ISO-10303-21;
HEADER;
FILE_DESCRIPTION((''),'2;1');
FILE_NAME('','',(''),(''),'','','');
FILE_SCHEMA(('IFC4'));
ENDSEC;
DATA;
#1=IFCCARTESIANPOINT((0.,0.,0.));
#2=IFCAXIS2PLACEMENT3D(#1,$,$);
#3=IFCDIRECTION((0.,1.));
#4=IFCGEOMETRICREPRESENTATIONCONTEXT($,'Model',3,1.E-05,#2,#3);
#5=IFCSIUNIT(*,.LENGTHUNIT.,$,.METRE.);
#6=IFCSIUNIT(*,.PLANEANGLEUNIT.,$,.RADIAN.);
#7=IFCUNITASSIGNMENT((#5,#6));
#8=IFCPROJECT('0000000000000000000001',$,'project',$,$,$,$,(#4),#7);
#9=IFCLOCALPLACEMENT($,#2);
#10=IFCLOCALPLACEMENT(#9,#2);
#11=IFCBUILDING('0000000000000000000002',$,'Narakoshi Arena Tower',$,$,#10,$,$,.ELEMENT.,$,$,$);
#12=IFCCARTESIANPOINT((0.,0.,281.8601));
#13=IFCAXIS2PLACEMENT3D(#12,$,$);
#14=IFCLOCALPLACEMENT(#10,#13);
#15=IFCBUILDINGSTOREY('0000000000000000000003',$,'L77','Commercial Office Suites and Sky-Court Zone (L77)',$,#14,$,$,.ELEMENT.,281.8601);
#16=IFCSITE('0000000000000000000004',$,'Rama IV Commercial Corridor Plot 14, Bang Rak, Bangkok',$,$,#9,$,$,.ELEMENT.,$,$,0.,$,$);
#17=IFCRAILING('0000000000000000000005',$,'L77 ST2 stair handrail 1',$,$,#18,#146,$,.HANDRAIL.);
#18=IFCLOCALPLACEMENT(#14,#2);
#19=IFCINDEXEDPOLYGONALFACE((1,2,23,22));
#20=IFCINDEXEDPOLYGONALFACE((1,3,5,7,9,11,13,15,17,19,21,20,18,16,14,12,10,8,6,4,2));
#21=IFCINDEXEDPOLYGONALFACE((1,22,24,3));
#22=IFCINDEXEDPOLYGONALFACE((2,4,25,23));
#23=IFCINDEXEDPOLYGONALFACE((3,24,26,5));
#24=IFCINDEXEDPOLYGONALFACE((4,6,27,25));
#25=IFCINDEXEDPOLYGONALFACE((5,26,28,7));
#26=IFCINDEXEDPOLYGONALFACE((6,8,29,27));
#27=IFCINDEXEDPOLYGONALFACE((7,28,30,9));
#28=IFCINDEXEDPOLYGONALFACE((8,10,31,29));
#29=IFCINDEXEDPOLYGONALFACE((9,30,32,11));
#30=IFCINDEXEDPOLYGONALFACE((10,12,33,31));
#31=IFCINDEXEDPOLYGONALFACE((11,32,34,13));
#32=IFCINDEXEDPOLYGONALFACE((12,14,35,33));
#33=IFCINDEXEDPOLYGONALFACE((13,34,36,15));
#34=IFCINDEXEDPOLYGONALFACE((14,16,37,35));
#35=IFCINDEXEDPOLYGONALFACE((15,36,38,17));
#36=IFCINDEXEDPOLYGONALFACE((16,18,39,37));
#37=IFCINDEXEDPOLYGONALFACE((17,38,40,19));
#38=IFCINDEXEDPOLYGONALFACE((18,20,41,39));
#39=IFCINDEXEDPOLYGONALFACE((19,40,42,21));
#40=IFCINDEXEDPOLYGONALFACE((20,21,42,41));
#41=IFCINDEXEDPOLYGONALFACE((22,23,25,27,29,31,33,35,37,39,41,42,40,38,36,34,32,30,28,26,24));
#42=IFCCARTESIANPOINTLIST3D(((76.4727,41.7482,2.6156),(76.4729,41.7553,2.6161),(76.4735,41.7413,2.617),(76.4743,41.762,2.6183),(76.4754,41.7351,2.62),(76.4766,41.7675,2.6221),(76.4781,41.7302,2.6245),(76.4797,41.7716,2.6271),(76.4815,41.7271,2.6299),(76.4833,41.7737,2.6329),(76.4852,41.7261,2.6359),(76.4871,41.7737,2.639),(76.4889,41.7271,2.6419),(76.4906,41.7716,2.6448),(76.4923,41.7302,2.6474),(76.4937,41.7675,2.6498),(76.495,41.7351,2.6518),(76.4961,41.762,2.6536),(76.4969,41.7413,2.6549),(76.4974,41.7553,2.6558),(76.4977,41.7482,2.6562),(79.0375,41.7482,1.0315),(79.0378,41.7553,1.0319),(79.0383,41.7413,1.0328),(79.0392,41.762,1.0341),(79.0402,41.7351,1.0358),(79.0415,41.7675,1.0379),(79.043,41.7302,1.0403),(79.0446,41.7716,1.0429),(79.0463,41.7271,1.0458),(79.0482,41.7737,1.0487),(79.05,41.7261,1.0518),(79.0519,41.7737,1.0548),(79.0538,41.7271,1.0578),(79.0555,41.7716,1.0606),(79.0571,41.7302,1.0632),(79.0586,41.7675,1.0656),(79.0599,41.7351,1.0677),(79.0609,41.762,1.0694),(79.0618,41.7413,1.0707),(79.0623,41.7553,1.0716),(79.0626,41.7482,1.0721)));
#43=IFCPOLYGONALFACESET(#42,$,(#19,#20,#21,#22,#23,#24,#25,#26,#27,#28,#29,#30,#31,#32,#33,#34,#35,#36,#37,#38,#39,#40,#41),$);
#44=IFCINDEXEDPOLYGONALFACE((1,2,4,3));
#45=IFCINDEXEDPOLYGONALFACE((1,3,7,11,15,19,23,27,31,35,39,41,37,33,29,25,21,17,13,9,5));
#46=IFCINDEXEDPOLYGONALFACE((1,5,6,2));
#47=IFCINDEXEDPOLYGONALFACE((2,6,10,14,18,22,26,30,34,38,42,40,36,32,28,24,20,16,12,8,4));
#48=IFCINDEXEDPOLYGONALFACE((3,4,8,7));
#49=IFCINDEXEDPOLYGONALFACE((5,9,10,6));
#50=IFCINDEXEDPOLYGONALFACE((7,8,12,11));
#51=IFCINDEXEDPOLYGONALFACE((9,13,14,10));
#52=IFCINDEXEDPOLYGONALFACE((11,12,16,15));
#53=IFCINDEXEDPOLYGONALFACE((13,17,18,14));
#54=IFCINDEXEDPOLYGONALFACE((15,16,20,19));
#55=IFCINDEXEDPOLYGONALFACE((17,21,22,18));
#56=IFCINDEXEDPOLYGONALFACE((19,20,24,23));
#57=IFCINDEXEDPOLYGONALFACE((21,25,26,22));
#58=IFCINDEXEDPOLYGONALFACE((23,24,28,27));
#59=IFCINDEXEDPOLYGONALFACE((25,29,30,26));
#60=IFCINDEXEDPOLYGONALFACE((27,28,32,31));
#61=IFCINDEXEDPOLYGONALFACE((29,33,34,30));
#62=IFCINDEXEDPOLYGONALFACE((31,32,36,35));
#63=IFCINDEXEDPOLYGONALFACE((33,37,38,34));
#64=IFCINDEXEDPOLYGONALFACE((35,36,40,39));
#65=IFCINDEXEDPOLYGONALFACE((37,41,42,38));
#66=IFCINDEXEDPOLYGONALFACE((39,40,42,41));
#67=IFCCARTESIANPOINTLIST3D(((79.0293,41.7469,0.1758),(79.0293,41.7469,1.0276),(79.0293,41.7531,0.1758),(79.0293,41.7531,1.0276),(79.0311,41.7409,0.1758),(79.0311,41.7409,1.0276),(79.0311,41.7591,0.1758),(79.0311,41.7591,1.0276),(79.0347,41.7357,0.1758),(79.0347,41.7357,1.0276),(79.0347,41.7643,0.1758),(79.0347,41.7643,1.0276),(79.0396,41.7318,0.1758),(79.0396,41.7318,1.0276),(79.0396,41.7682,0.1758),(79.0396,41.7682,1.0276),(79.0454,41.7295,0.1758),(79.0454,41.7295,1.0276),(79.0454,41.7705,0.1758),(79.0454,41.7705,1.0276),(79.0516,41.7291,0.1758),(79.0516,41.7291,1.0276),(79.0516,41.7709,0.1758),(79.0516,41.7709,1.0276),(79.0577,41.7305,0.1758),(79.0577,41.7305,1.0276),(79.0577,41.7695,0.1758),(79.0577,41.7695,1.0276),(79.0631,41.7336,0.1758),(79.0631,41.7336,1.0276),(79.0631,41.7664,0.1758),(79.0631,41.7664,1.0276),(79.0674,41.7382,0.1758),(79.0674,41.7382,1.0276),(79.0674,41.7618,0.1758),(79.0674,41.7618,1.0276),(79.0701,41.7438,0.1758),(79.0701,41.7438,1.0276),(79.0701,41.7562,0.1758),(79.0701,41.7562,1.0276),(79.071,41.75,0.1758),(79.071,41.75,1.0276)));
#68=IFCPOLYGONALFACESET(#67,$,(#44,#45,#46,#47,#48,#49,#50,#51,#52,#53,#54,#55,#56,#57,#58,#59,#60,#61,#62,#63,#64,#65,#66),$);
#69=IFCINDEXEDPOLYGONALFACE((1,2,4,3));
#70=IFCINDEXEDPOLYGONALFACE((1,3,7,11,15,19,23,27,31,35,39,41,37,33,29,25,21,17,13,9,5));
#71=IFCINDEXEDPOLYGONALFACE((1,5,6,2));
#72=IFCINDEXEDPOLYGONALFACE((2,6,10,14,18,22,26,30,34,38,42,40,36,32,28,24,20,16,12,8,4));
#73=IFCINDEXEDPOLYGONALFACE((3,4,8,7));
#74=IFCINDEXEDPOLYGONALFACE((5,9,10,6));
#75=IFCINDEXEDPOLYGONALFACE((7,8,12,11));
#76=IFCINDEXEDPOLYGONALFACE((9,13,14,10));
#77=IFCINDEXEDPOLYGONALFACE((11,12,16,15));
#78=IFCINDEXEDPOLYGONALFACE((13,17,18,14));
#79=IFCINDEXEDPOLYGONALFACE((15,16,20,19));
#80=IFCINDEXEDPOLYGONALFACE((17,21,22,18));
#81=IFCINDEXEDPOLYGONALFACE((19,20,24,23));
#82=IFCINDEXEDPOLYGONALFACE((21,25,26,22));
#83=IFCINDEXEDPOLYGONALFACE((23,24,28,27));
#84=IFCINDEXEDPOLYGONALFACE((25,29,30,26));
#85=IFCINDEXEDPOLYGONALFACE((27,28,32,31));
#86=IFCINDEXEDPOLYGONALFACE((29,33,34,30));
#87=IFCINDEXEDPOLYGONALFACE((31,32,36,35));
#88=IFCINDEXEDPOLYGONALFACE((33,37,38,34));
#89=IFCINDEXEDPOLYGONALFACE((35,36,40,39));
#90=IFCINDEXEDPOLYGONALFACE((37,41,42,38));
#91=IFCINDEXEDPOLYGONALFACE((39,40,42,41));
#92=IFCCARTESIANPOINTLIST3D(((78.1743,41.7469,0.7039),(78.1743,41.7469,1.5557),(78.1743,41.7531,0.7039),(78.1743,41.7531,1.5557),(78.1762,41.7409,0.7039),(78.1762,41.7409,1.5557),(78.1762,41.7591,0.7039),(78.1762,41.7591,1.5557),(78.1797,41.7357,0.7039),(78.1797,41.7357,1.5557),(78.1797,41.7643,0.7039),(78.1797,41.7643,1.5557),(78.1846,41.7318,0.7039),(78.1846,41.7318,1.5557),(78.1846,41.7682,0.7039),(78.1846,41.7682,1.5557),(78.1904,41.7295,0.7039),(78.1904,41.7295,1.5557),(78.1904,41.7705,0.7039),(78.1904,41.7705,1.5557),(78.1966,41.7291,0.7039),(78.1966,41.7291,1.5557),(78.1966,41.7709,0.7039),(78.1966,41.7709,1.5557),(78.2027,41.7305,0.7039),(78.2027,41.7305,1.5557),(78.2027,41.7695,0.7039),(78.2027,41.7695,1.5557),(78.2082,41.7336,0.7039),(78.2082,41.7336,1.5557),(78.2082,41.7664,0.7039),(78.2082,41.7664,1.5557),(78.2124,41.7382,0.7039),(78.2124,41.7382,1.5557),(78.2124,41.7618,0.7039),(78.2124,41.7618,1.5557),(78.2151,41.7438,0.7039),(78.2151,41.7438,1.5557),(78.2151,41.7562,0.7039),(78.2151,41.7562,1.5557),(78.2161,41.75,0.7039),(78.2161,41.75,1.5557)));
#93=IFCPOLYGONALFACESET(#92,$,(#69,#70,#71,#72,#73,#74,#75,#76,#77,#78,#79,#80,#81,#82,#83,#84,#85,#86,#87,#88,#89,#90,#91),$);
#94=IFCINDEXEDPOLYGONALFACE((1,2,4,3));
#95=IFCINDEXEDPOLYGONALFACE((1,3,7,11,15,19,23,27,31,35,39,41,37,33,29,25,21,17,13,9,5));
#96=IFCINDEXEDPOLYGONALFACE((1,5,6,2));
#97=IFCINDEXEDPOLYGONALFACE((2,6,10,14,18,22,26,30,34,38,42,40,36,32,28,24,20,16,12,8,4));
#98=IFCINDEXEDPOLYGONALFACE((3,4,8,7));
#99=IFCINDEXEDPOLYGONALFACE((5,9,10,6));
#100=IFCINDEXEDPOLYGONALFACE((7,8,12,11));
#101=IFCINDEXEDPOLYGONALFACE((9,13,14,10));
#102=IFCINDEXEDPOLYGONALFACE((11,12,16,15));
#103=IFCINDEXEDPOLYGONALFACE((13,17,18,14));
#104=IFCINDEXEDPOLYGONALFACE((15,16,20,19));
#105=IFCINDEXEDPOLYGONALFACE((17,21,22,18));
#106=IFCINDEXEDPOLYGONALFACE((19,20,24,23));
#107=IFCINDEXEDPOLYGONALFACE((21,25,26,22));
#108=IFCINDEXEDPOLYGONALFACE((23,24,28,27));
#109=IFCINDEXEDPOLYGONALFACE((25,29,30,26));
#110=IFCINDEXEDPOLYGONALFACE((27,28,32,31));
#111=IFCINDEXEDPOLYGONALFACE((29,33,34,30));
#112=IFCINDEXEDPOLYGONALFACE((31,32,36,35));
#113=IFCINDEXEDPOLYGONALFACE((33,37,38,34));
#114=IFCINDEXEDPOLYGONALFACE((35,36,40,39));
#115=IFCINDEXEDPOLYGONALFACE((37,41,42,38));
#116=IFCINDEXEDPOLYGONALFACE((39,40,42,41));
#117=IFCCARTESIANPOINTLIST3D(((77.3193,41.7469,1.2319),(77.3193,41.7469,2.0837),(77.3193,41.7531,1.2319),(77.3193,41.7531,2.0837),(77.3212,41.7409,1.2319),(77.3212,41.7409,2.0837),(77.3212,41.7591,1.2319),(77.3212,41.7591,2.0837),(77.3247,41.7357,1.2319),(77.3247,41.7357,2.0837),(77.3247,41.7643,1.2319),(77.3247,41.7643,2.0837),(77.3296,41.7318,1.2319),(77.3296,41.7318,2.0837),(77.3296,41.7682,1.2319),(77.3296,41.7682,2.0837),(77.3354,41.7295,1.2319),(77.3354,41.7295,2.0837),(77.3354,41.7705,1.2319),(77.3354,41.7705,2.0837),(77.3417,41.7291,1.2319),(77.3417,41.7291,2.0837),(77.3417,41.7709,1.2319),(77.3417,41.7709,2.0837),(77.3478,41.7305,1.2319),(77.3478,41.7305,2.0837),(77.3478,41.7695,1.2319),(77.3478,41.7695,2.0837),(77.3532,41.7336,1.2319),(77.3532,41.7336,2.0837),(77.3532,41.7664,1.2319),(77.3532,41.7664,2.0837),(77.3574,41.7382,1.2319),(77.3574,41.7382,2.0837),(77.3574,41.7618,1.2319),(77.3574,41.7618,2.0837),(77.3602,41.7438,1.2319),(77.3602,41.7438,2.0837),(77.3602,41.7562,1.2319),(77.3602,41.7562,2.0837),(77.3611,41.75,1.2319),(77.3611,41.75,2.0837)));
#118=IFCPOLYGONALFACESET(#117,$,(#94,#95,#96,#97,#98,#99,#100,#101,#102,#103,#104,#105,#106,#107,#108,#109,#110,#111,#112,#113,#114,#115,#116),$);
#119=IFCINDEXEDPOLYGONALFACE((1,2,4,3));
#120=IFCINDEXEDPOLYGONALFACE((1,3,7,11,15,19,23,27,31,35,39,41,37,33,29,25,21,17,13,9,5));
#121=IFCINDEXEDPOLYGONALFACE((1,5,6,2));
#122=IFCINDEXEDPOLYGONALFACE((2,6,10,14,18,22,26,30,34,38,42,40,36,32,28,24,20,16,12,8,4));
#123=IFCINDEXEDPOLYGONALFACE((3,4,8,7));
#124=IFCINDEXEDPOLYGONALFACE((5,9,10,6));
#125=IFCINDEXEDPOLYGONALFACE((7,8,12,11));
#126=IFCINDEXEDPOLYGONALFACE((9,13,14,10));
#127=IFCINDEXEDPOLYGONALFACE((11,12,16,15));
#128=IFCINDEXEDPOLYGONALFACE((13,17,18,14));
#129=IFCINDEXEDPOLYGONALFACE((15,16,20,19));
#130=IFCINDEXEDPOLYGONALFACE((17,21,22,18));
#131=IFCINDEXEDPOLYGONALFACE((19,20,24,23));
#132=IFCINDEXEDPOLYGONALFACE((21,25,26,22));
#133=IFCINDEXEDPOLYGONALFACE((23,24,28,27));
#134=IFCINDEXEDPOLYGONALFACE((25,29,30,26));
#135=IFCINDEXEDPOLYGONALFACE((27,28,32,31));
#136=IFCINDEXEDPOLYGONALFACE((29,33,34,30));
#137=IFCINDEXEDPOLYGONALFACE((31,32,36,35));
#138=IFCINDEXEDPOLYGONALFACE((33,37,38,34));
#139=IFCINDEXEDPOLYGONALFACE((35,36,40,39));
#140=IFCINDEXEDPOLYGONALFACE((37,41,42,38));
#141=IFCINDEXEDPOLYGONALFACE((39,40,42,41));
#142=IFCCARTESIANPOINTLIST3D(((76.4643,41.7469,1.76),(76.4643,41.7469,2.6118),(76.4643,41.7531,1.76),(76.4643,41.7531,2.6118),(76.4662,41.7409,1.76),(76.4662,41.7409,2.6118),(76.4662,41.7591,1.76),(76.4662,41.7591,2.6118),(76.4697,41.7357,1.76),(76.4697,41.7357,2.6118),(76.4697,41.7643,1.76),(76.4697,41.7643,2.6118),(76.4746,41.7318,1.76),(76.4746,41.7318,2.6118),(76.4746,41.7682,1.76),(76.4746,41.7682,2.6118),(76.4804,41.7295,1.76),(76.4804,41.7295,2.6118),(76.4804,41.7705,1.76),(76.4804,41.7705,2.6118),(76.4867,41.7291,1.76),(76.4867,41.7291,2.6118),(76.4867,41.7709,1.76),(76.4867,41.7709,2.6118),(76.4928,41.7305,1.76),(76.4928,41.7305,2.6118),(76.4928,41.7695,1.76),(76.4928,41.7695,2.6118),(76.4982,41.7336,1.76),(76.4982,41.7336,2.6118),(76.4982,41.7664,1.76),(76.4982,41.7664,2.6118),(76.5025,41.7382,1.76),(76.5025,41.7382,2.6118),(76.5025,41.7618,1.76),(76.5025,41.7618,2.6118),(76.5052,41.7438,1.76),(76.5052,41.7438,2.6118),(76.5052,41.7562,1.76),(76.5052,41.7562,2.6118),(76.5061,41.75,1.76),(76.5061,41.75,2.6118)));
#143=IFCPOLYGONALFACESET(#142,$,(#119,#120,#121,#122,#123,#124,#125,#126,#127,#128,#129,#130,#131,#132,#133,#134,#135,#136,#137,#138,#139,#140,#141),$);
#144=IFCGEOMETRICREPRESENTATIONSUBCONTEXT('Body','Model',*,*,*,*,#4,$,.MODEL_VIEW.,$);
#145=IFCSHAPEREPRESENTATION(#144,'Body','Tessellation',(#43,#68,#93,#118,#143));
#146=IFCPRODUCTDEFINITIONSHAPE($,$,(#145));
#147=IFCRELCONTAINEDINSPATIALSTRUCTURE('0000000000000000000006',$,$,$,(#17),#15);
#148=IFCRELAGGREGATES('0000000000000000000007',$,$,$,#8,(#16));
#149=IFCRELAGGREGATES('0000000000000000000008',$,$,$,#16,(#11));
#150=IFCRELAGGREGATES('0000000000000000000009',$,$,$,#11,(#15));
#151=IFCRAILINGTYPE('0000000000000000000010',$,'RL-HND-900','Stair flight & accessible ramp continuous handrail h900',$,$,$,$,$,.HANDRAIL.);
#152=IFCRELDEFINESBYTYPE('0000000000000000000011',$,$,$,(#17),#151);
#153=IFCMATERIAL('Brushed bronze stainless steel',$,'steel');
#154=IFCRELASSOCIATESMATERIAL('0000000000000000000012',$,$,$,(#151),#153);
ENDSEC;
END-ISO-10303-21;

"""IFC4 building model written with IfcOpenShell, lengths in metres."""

from ifc_helpers import new_model, si_unit, direction, frame, origin, origin_2d, place, context, subcontext, project, spatial, circle, extrude, material, type_object, element, save


model = new_model("IFC4")

# Units and contexts
model_context = context("Model", 3, precision=1e-05, world=origin(), true_north=direction((0.0, 1.0)))
body_context = subcontext(model_context, "Body", "Model", "MODEL_VIEW")
ifc_project = project(units=[si_unit("LENGTHUNIT", "METRE"), si_unit("PLANEANGLEUNIT", "RADIAN")], contexts=[model_context])

# Site, building, storey
site_placement = place(None, origin())
site = spatial("IfcSite", under=ifc_project, at=site_placement, Name="Rama IV Commercial Corridor Plot 14, Bang Rak, Bangkok", CompositionType="ELEMENT", RefElevation=0.0)
building_placement = place(site_placement, origin())
building = spatial("IfcBuilding", under=site, at=building_placement, Name="Narakoshi Arena Tower", CompositionType="ELEMENT")
storey_placement = place(building_placement, frame((0.0, 0.0, 281.8601)))
storey = spatial("IfcBuildingStorey", under=building, at=storey_placement, Name="L77", Description="Commercial Office Suites and Sky-Court Zone (L77)", CompositionType="ELEMENT", Elevation=281.8601)

# Railing
ifc_material_1 = material(Name="Brushed bronze stainless steel", Category="steel")
railing_type_1 = type_object("IfcRailingType", Name="RL-HND-900", Description="Stair flight & accessible ramp continuous handrail h900", PredefinedType="HANDRAIL", material=ifc_material_1)
railing_1_placement = place(storey_placement, frame((79.05, 41.75, 0.1758)))
element("IfcRailing", 1, at=railing_1_placement, inside=storey, type_object=railing_type_1, Name="L77 ST2 stair handrail 1", PredefinedType="HANDRAIL", context=body_context, shape_type="SweptSolid", body=[
    extrude(circle(Radius=0.0239, at=origin_2d()), frame((0.0, 0.0, 0.876), z_axis=(-0.850798, 0.0, 0.525493), x_axis=(0.0, -1.0, 0.0)), (0.0, 0.0, 1.0), 3.0146),
    extrude(circle(Radius=0.021, at=origin_2d()), origin(), (0.0, 0.0, 1.0), 0.8518),
    extrude(circle(Radius=0.021, at=origin_2d()), frame((-0.855, 0.0, 0.5281)), (0.0, 0.0, 1.0), 0.8518),
    extrude(circle(Radius=0.021, at=origin_2d()), frame((-1.71, 0.0, 1.0562)), (0.0, 0.0, 1.0), 0.8518),
    extrude(circle(Radius=0.021, at=origin_2d()), frame((-2.5649, 0.0, 1.5842)), (0.0, 0.0, 1.0), 0.8518),
])

save(model, "model.ifc")
